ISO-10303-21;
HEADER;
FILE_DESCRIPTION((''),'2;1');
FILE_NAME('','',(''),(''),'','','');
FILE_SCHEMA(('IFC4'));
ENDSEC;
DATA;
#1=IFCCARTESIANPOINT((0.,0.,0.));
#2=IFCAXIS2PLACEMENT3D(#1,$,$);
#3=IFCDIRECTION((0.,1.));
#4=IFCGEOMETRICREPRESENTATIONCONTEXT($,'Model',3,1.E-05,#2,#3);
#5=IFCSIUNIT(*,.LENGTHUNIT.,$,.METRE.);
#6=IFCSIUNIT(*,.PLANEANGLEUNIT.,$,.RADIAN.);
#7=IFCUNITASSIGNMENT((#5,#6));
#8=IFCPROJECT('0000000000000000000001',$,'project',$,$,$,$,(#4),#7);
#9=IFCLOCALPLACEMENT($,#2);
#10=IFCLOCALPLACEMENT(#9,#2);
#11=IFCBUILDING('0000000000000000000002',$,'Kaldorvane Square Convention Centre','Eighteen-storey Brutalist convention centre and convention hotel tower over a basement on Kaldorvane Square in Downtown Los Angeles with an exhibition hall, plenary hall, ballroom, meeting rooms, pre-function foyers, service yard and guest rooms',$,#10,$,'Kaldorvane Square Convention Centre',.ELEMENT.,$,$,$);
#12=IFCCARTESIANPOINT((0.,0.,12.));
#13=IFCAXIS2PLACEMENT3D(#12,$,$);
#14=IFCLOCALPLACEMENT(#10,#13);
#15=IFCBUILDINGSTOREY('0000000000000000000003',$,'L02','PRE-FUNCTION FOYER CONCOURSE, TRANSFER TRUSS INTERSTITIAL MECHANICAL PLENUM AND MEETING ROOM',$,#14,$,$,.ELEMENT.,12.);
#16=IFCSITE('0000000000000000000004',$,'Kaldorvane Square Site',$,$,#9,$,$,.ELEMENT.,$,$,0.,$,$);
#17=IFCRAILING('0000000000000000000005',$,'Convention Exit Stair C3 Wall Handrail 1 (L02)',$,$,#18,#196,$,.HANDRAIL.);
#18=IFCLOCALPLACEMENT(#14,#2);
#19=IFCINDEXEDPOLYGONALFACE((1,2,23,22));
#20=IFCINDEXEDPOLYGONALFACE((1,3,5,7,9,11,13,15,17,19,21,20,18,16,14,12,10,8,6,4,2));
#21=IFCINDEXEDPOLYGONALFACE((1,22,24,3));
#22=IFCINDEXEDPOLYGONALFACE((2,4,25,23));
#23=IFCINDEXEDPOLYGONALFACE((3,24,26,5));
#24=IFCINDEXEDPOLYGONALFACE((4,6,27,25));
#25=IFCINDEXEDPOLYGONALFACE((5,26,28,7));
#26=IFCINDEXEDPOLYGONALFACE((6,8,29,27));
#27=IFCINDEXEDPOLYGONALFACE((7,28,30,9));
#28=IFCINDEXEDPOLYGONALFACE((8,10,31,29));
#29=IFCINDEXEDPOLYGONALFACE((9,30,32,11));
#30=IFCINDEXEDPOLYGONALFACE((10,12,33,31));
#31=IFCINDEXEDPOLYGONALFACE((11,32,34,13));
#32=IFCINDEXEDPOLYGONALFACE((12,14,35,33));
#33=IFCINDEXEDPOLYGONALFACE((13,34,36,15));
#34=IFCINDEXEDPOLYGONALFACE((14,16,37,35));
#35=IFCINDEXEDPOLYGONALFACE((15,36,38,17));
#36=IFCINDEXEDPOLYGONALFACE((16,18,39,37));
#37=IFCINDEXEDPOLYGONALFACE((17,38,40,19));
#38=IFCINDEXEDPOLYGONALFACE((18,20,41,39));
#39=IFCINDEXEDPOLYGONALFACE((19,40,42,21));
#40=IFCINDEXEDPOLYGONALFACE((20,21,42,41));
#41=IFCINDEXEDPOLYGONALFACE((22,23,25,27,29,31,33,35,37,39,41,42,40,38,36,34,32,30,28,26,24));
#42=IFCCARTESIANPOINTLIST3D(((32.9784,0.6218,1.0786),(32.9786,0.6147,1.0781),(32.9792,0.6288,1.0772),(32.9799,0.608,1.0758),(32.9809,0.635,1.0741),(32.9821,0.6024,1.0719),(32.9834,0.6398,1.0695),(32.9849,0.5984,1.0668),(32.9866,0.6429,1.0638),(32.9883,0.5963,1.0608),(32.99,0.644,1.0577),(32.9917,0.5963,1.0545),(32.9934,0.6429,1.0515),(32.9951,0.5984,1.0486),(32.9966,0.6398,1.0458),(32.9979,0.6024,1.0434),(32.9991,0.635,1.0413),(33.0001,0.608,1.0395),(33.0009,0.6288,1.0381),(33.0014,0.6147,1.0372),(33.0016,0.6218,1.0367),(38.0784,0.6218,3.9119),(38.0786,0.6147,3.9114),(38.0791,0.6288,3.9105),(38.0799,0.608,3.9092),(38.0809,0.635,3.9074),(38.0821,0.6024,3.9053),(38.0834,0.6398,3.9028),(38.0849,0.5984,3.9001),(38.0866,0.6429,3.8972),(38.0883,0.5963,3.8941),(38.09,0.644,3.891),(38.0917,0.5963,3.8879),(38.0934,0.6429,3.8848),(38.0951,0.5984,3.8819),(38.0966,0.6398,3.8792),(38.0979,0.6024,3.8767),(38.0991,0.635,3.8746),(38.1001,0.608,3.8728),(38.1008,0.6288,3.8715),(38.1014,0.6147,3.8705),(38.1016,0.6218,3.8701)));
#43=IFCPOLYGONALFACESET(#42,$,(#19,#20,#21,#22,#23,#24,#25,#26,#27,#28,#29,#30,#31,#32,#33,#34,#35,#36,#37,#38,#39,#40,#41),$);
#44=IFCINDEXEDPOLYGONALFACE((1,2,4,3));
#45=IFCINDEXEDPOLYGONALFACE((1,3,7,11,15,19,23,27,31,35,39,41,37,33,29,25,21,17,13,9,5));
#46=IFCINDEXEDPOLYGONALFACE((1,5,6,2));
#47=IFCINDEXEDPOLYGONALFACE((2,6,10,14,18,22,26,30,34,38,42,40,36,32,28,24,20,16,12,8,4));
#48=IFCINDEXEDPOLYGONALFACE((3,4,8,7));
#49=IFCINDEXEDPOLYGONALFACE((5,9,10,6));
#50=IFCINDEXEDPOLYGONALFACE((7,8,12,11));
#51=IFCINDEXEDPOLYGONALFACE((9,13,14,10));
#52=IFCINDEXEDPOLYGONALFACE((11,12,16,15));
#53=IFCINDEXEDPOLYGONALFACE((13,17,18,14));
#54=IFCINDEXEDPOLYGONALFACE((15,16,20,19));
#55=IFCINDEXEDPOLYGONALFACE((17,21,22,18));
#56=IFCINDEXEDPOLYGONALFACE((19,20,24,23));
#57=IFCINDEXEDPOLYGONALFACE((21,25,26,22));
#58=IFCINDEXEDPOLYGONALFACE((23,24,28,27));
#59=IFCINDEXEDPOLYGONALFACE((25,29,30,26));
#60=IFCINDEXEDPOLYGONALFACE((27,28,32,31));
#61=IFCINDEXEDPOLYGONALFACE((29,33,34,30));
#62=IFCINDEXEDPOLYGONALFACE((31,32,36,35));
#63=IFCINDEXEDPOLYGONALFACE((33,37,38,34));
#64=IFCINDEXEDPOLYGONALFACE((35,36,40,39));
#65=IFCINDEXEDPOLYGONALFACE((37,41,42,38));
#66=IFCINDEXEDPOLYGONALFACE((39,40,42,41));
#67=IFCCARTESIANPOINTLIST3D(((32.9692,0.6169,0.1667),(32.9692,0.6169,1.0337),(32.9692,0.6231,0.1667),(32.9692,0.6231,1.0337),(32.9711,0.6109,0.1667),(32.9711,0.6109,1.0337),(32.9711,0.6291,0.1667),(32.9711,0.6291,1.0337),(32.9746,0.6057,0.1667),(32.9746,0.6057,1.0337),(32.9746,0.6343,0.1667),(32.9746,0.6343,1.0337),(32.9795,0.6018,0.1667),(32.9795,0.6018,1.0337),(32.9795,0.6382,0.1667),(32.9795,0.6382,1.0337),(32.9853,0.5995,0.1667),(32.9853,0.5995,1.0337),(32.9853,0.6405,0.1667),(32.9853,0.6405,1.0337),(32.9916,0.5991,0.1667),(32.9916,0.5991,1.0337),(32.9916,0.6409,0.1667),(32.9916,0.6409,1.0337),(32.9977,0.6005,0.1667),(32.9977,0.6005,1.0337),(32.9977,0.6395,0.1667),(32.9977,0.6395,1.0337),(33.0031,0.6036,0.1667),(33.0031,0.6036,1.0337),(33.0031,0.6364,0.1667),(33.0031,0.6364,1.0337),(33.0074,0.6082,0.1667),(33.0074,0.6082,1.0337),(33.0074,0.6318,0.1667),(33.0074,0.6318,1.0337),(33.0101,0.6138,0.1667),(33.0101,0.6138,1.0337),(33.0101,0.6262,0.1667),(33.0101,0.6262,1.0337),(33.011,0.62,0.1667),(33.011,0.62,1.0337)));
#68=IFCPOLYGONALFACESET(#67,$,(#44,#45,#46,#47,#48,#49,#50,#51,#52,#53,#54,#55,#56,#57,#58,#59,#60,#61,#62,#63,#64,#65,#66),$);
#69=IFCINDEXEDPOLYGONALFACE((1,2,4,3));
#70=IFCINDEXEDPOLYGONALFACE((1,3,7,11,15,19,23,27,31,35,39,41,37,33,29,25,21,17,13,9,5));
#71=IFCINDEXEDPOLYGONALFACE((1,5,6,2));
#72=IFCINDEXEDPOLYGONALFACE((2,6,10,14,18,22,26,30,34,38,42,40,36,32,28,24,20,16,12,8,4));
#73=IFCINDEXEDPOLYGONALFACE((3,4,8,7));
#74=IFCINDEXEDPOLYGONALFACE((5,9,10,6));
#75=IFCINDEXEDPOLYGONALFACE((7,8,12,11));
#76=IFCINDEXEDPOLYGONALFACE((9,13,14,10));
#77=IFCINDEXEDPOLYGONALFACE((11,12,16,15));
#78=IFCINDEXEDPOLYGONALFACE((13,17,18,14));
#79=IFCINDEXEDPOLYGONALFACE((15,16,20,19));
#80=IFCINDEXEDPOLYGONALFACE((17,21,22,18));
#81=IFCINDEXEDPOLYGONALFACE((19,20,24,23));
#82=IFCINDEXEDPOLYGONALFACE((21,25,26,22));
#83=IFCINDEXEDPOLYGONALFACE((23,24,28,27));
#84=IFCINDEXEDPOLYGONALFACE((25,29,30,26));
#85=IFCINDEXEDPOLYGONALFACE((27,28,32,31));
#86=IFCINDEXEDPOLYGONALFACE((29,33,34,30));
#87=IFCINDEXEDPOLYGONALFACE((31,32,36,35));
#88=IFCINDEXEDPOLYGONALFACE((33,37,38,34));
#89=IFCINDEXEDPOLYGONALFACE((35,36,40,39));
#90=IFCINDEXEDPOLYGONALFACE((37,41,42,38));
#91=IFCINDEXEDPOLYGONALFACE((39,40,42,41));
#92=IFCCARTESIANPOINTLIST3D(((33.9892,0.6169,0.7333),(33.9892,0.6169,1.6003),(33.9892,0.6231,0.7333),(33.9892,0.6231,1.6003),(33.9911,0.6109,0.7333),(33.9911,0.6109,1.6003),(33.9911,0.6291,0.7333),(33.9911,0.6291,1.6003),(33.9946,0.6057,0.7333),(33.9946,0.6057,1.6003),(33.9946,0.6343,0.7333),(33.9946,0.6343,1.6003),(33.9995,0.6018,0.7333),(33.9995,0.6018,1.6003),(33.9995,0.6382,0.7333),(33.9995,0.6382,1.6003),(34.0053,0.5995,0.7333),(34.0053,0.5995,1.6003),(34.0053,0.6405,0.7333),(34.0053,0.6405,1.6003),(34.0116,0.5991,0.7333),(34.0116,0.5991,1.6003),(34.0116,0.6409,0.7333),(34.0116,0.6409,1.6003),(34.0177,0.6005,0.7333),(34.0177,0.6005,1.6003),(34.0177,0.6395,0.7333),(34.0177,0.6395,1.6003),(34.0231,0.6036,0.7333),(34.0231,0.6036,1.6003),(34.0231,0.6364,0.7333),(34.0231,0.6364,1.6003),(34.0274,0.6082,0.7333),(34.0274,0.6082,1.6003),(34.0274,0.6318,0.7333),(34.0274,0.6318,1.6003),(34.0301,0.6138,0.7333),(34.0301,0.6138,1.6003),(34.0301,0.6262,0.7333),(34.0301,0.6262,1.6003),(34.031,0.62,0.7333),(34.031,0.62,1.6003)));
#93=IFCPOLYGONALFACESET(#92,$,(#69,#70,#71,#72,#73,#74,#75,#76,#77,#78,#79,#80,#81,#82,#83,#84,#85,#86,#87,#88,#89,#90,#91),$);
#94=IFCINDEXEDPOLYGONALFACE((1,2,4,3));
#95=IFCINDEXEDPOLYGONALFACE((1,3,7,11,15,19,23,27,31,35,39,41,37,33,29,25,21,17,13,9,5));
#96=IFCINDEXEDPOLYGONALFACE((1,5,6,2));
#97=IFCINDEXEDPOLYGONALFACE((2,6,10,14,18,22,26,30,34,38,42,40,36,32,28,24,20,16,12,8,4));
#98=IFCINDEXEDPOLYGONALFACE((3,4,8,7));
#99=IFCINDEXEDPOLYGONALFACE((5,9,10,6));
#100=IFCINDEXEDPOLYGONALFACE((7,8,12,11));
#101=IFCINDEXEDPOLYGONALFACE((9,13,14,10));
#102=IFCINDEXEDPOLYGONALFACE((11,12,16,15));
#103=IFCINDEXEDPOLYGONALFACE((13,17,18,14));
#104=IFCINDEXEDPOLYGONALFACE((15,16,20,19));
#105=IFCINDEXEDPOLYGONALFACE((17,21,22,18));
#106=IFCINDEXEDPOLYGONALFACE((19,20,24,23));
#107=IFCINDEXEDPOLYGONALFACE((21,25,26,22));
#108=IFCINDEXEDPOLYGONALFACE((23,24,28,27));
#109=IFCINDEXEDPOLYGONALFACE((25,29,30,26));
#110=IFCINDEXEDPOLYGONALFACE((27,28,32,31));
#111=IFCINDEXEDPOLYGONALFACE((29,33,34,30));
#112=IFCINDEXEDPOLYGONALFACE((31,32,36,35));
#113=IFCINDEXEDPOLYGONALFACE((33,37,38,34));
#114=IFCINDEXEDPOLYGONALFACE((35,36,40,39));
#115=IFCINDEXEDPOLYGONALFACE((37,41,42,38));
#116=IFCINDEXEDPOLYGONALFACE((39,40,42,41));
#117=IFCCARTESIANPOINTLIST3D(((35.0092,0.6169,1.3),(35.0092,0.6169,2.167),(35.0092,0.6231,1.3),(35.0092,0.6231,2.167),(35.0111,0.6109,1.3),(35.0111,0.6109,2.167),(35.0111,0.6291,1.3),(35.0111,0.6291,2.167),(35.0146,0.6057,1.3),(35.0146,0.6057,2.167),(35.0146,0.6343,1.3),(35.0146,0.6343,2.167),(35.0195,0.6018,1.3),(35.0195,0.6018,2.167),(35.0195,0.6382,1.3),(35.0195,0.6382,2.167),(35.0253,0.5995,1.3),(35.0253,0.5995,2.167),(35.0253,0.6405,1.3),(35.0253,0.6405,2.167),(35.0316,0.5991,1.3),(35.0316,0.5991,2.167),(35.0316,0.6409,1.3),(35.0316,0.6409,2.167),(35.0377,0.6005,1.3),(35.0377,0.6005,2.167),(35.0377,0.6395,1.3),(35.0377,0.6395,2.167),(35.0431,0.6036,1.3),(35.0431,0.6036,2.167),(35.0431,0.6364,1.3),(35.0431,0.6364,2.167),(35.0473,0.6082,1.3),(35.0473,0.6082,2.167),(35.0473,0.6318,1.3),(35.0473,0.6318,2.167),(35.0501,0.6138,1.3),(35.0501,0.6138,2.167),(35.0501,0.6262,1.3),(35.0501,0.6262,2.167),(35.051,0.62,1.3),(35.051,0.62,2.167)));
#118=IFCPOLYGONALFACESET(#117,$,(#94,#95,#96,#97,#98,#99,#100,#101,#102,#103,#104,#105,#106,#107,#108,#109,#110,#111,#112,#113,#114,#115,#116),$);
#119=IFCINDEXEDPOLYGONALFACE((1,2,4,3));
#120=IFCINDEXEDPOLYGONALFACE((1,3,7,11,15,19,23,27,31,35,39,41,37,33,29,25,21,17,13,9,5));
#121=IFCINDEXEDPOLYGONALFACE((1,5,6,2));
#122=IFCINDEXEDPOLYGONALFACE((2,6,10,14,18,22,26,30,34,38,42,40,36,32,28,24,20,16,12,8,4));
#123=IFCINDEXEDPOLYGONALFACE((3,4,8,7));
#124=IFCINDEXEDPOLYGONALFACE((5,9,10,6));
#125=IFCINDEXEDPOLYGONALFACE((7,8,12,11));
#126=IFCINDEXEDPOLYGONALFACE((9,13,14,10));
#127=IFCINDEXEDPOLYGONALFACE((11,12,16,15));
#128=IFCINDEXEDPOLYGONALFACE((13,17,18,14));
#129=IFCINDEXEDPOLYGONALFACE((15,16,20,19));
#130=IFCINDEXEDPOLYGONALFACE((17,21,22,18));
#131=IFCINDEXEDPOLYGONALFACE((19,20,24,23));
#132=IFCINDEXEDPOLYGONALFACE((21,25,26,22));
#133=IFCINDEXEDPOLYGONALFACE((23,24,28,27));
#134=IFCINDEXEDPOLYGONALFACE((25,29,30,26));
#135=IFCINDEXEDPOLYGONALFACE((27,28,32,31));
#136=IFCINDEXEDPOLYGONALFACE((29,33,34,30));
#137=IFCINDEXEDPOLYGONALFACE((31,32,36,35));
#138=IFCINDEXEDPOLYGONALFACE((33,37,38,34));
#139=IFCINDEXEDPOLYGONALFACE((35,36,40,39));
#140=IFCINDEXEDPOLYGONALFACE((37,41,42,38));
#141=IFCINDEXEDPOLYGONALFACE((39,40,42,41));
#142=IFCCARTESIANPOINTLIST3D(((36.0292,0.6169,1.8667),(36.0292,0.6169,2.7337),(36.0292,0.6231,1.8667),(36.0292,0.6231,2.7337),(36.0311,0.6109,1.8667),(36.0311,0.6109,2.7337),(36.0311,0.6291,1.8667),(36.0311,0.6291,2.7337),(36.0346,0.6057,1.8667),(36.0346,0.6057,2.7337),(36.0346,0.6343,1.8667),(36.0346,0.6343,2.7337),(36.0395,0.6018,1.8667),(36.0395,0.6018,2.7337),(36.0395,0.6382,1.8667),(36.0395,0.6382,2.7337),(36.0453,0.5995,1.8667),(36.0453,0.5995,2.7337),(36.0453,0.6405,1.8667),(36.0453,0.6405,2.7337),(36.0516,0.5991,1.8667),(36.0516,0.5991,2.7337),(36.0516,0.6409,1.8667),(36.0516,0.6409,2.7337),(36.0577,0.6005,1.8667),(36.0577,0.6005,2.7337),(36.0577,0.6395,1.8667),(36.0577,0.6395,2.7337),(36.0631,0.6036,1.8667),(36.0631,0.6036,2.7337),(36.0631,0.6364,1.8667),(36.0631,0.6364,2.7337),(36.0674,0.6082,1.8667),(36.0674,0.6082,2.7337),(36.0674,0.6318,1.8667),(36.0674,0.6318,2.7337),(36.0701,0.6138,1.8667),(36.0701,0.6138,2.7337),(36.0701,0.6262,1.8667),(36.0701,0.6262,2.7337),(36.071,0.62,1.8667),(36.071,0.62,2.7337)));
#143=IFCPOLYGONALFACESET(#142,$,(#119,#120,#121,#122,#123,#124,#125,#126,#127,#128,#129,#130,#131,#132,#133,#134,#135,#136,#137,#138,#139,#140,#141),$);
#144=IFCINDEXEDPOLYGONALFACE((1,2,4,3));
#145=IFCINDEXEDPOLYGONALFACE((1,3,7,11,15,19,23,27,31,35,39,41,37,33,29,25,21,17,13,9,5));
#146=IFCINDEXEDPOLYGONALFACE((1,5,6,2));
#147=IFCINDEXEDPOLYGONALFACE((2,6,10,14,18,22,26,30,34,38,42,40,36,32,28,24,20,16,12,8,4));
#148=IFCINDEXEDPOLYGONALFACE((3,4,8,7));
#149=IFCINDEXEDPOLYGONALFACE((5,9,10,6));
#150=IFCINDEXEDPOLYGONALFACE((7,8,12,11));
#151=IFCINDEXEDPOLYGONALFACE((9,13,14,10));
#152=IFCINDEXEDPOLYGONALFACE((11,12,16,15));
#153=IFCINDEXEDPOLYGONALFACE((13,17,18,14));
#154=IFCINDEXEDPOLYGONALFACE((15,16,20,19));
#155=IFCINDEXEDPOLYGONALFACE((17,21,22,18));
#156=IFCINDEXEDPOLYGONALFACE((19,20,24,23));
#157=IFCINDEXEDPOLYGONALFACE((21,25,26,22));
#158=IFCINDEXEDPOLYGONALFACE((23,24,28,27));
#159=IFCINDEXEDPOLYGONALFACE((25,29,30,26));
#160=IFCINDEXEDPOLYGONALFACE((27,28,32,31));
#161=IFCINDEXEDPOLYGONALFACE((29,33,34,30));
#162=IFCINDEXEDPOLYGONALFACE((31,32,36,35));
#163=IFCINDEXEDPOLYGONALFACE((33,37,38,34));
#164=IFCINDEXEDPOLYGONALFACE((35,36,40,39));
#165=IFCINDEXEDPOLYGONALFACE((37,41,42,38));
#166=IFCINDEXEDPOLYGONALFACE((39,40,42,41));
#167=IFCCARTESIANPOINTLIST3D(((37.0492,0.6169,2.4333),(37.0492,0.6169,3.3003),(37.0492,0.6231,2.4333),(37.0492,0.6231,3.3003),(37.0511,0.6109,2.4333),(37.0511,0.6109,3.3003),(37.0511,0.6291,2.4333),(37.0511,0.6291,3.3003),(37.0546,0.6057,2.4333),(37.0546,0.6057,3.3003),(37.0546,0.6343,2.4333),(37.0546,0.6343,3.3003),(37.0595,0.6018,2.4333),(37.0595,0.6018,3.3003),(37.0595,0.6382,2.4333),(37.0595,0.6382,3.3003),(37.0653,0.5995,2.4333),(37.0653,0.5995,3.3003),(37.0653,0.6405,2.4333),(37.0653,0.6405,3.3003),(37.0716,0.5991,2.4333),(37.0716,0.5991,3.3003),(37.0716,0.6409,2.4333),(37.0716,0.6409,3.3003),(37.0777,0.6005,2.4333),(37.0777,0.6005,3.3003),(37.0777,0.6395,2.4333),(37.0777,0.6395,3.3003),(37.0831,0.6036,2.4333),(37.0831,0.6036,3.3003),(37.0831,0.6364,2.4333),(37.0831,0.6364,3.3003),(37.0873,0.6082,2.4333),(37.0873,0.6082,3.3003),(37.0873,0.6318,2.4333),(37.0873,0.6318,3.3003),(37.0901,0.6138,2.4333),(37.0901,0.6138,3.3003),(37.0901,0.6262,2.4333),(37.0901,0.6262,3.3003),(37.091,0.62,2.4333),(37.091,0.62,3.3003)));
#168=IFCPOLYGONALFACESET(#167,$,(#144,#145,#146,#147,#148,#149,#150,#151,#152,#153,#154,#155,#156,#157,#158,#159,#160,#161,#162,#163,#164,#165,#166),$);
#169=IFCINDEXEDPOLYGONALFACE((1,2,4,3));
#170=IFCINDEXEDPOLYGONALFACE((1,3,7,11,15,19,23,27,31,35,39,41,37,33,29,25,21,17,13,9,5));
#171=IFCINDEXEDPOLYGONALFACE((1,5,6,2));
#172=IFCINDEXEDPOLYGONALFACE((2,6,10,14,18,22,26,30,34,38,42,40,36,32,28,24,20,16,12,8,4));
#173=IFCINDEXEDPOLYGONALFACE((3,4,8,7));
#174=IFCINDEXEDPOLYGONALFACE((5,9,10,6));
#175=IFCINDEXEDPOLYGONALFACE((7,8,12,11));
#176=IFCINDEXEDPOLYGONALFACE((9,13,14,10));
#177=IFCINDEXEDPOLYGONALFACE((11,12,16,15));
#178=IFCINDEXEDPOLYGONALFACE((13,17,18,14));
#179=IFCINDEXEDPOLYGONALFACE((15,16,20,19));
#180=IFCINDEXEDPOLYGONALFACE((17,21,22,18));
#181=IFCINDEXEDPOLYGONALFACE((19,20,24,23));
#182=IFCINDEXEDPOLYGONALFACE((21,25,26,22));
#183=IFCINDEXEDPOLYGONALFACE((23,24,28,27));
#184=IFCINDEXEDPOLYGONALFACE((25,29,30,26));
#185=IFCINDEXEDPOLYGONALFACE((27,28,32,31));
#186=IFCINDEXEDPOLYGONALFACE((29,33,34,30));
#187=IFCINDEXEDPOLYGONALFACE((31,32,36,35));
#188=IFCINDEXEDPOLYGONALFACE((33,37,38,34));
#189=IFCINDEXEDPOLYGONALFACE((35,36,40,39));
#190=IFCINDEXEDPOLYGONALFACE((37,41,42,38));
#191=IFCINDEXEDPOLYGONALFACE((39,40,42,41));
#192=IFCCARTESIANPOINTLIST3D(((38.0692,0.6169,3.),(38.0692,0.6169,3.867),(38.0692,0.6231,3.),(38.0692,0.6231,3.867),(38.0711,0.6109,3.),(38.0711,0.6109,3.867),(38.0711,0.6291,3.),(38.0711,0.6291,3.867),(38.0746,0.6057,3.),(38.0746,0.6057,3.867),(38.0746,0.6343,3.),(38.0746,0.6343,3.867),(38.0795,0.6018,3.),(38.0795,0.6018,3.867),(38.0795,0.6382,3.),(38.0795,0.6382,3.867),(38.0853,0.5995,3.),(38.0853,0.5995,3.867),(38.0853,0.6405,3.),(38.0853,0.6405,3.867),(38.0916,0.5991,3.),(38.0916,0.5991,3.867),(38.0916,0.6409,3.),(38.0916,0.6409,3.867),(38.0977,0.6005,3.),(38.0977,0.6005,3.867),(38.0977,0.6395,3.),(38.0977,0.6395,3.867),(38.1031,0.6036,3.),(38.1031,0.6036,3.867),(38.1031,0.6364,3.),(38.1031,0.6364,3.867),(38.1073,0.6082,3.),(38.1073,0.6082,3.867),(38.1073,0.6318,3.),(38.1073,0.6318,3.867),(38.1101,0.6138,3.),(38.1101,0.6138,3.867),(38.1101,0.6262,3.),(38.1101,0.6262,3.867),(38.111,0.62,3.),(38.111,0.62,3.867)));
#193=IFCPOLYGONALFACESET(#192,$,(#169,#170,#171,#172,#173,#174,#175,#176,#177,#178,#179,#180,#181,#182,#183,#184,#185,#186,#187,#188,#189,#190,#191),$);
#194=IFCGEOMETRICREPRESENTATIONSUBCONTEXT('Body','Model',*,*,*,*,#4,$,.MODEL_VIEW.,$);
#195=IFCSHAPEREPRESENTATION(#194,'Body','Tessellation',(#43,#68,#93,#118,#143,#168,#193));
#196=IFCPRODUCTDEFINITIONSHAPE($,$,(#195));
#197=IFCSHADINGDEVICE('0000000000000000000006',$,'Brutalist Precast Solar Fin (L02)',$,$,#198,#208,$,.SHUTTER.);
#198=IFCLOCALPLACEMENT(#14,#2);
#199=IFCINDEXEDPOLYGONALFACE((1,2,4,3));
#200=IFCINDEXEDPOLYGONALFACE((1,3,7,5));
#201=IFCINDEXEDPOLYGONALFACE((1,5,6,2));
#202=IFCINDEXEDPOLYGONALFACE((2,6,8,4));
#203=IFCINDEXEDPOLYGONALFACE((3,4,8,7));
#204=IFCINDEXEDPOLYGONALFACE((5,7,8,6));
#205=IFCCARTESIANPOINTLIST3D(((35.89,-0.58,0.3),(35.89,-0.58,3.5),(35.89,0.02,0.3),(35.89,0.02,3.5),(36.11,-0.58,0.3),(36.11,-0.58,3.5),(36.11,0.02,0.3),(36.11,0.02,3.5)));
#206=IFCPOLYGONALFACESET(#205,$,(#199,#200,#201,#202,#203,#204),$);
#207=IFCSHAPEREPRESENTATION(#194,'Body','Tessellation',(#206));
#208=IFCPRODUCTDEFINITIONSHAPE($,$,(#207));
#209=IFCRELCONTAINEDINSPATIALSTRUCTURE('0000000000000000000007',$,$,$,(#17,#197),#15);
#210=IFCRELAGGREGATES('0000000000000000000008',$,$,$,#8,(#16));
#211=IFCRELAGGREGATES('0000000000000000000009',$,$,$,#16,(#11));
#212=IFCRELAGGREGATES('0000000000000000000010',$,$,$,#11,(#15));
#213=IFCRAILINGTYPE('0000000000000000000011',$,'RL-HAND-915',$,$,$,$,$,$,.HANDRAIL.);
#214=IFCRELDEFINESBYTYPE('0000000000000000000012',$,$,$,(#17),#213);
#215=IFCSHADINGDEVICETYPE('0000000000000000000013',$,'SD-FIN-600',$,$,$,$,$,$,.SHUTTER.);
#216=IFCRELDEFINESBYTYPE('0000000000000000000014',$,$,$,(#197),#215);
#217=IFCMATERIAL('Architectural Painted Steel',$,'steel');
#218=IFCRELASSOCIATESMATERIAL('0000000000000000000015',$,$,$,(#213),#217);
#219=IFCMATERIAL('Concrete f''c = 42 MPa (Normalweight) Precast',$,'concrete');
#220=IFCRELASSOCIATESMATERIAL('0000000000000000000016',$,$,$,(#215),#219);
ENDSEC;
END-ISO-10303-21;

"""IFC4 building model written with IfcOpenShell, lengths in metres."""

from ifc_helpers import new_model, si_unit, direction, frame, origin, origin_2d, place, context, subcontext, project, spatial, rectangle, circle, extrude, material, type_object, element, save


model = new_model("IFC4")

# Units and contexts
model_context = context("Model", 3, precision=1e-05, world=origin(), true_north=direction((0.0, 1.0)))
body_context = subcontext(model_context, "Body", "Model", "MODEL_VIEW")
ifc_project = project(units=[si_unit("LENGTHUNIT", "METRE"), si_unit("PLANEANGLEUNIT", "RADIAN")], contexts=[model_context])

# Site, building, storey
site_placement = place(None, origin())
site = spatial("IfcSite", under=ifc_project, at=site_placement, Name="Kaldorvane Square Site", CompositionType="ELEMENT", RefElevation=0.0)
building_placement = place(site_placement, origin())
building = spatial("IfcBuilding", under=site, at=building_placement, Name="Kaldorvane Square Convention Centre", Description="Eighteen-storey Brutalist convention centre and convention hotel tower over a basement on Kaldorvane Square in Downtown Los Angeles with an exhibition hall, plenary hall, ballroom, meeting rooms, pre-function foyers, service yard and guest rooms", LongName="Kaldorvane Square Convention Centre", CompositionType="ELEMENT")
storey_placement = place(building_placement, frame((0.0, 0.0, 12.0)))
storey = spatial("IfcBuildingStorey", under=building, at=storey_placement, Name="L02", Description="PRE-FUNCTION FOYER CONCOURSE, TRANSFER TRUSS INTERSTITIAL MECHANICAL PLENUM AND MEETING ROOM", CompositionType="ELEMENT", Elevation=12.0)

# Railing
ifc_material_1 = material(Name="Architectural Painted Steel", Category="steel")
railing_type_1 = type_object("IfcRailingType", Name="RL-HAND-915", PredefinedType="HANDRAIL", material=ifc_material_1)
railing_1_placement = place(storey_placement, frame((32.99, 0.62, 0.1667)))
element("IfcRailing", 1, at=railing_1_placement, inside=storey, type_object=railing_type_1, Name="Convention Exit Stair C3 Wall Handrail 1 (L02)", PredefinedType="HANDRAIL", context=body_context, shape_type="SweptSolid", body=[
    extrude(circle(Radius=0.024, at=origin_2d()), frame((0.0, 0.0, 0.891), z_axis=(0.874157, 0.0, 0.485643), x_axis=(0.0, 1.0, 0.0)), (0.0, 0.0, 1.0), 5.8342),
    extrude(circle(Radius=0.021, at=origin_2d()), origin(), (0.0, 0.0, 1.0), 0.867),
    extrude(circle(Radius=0.021, at=origin_2d()), frame((1.02, 0.0, 0.5667)), (0.0, 0.0, 1.0), 0.867),
    extrude(circle(Radius=0.021, at=origin_2d()), frame((2.04, 0.0, 1.1333)), (0.0, 0.0, 1.0), 0.867),
    extrude(circle(Radius=0.021, at=origin_2d()), frame((3.06, 0.0, 1.7)), (0.0, 0.0, 1.0), 0.867),
    extrude(circle(Radius=0.021, at=origin_2d()), frame((4.08, 0.0, 2.2667)), (0.0, 0.0, 1.0), 0.867),
    extrude(circle(Radius=0.021, at=origin_2d()), frame((5.1, 0.0, 2.8333)), (0.0, 0.0, 1.0), 0.867),
])

# Shading device
ifc_material_2 = material(Name="Concrete f'c = 42 MPa (Normalweight) Precast", Category="concrete")
shading_device_type = type_object("IfcShadingDeviceType", Name="SD-FIN-600", PredefinedType="SHUTTER", material=ifc_material_2)
shading_device_placement = place(storey_placement, frame((36.0, -0.28, 0.3), z_axis=(0.0, 0.0, 1.0), x_axis=(1.0, 0.0, 0.0)))
element("IfcShadingDevice", 2, at=shading_device_placement, inside=storey, type_object=shading_device_type, Name="Brutalist Precast Solar Fin (L02)", PredefinedType="SHUTTER", context=body_context, shape_type="SweptSolid", body=[
    extrude(rectangle(XDim=0.22, YDim=0.6, at=origin_2d()), origin(), (0.0, 0.0, 1.0), 3.2),
])

save(model, "model.ifc")
